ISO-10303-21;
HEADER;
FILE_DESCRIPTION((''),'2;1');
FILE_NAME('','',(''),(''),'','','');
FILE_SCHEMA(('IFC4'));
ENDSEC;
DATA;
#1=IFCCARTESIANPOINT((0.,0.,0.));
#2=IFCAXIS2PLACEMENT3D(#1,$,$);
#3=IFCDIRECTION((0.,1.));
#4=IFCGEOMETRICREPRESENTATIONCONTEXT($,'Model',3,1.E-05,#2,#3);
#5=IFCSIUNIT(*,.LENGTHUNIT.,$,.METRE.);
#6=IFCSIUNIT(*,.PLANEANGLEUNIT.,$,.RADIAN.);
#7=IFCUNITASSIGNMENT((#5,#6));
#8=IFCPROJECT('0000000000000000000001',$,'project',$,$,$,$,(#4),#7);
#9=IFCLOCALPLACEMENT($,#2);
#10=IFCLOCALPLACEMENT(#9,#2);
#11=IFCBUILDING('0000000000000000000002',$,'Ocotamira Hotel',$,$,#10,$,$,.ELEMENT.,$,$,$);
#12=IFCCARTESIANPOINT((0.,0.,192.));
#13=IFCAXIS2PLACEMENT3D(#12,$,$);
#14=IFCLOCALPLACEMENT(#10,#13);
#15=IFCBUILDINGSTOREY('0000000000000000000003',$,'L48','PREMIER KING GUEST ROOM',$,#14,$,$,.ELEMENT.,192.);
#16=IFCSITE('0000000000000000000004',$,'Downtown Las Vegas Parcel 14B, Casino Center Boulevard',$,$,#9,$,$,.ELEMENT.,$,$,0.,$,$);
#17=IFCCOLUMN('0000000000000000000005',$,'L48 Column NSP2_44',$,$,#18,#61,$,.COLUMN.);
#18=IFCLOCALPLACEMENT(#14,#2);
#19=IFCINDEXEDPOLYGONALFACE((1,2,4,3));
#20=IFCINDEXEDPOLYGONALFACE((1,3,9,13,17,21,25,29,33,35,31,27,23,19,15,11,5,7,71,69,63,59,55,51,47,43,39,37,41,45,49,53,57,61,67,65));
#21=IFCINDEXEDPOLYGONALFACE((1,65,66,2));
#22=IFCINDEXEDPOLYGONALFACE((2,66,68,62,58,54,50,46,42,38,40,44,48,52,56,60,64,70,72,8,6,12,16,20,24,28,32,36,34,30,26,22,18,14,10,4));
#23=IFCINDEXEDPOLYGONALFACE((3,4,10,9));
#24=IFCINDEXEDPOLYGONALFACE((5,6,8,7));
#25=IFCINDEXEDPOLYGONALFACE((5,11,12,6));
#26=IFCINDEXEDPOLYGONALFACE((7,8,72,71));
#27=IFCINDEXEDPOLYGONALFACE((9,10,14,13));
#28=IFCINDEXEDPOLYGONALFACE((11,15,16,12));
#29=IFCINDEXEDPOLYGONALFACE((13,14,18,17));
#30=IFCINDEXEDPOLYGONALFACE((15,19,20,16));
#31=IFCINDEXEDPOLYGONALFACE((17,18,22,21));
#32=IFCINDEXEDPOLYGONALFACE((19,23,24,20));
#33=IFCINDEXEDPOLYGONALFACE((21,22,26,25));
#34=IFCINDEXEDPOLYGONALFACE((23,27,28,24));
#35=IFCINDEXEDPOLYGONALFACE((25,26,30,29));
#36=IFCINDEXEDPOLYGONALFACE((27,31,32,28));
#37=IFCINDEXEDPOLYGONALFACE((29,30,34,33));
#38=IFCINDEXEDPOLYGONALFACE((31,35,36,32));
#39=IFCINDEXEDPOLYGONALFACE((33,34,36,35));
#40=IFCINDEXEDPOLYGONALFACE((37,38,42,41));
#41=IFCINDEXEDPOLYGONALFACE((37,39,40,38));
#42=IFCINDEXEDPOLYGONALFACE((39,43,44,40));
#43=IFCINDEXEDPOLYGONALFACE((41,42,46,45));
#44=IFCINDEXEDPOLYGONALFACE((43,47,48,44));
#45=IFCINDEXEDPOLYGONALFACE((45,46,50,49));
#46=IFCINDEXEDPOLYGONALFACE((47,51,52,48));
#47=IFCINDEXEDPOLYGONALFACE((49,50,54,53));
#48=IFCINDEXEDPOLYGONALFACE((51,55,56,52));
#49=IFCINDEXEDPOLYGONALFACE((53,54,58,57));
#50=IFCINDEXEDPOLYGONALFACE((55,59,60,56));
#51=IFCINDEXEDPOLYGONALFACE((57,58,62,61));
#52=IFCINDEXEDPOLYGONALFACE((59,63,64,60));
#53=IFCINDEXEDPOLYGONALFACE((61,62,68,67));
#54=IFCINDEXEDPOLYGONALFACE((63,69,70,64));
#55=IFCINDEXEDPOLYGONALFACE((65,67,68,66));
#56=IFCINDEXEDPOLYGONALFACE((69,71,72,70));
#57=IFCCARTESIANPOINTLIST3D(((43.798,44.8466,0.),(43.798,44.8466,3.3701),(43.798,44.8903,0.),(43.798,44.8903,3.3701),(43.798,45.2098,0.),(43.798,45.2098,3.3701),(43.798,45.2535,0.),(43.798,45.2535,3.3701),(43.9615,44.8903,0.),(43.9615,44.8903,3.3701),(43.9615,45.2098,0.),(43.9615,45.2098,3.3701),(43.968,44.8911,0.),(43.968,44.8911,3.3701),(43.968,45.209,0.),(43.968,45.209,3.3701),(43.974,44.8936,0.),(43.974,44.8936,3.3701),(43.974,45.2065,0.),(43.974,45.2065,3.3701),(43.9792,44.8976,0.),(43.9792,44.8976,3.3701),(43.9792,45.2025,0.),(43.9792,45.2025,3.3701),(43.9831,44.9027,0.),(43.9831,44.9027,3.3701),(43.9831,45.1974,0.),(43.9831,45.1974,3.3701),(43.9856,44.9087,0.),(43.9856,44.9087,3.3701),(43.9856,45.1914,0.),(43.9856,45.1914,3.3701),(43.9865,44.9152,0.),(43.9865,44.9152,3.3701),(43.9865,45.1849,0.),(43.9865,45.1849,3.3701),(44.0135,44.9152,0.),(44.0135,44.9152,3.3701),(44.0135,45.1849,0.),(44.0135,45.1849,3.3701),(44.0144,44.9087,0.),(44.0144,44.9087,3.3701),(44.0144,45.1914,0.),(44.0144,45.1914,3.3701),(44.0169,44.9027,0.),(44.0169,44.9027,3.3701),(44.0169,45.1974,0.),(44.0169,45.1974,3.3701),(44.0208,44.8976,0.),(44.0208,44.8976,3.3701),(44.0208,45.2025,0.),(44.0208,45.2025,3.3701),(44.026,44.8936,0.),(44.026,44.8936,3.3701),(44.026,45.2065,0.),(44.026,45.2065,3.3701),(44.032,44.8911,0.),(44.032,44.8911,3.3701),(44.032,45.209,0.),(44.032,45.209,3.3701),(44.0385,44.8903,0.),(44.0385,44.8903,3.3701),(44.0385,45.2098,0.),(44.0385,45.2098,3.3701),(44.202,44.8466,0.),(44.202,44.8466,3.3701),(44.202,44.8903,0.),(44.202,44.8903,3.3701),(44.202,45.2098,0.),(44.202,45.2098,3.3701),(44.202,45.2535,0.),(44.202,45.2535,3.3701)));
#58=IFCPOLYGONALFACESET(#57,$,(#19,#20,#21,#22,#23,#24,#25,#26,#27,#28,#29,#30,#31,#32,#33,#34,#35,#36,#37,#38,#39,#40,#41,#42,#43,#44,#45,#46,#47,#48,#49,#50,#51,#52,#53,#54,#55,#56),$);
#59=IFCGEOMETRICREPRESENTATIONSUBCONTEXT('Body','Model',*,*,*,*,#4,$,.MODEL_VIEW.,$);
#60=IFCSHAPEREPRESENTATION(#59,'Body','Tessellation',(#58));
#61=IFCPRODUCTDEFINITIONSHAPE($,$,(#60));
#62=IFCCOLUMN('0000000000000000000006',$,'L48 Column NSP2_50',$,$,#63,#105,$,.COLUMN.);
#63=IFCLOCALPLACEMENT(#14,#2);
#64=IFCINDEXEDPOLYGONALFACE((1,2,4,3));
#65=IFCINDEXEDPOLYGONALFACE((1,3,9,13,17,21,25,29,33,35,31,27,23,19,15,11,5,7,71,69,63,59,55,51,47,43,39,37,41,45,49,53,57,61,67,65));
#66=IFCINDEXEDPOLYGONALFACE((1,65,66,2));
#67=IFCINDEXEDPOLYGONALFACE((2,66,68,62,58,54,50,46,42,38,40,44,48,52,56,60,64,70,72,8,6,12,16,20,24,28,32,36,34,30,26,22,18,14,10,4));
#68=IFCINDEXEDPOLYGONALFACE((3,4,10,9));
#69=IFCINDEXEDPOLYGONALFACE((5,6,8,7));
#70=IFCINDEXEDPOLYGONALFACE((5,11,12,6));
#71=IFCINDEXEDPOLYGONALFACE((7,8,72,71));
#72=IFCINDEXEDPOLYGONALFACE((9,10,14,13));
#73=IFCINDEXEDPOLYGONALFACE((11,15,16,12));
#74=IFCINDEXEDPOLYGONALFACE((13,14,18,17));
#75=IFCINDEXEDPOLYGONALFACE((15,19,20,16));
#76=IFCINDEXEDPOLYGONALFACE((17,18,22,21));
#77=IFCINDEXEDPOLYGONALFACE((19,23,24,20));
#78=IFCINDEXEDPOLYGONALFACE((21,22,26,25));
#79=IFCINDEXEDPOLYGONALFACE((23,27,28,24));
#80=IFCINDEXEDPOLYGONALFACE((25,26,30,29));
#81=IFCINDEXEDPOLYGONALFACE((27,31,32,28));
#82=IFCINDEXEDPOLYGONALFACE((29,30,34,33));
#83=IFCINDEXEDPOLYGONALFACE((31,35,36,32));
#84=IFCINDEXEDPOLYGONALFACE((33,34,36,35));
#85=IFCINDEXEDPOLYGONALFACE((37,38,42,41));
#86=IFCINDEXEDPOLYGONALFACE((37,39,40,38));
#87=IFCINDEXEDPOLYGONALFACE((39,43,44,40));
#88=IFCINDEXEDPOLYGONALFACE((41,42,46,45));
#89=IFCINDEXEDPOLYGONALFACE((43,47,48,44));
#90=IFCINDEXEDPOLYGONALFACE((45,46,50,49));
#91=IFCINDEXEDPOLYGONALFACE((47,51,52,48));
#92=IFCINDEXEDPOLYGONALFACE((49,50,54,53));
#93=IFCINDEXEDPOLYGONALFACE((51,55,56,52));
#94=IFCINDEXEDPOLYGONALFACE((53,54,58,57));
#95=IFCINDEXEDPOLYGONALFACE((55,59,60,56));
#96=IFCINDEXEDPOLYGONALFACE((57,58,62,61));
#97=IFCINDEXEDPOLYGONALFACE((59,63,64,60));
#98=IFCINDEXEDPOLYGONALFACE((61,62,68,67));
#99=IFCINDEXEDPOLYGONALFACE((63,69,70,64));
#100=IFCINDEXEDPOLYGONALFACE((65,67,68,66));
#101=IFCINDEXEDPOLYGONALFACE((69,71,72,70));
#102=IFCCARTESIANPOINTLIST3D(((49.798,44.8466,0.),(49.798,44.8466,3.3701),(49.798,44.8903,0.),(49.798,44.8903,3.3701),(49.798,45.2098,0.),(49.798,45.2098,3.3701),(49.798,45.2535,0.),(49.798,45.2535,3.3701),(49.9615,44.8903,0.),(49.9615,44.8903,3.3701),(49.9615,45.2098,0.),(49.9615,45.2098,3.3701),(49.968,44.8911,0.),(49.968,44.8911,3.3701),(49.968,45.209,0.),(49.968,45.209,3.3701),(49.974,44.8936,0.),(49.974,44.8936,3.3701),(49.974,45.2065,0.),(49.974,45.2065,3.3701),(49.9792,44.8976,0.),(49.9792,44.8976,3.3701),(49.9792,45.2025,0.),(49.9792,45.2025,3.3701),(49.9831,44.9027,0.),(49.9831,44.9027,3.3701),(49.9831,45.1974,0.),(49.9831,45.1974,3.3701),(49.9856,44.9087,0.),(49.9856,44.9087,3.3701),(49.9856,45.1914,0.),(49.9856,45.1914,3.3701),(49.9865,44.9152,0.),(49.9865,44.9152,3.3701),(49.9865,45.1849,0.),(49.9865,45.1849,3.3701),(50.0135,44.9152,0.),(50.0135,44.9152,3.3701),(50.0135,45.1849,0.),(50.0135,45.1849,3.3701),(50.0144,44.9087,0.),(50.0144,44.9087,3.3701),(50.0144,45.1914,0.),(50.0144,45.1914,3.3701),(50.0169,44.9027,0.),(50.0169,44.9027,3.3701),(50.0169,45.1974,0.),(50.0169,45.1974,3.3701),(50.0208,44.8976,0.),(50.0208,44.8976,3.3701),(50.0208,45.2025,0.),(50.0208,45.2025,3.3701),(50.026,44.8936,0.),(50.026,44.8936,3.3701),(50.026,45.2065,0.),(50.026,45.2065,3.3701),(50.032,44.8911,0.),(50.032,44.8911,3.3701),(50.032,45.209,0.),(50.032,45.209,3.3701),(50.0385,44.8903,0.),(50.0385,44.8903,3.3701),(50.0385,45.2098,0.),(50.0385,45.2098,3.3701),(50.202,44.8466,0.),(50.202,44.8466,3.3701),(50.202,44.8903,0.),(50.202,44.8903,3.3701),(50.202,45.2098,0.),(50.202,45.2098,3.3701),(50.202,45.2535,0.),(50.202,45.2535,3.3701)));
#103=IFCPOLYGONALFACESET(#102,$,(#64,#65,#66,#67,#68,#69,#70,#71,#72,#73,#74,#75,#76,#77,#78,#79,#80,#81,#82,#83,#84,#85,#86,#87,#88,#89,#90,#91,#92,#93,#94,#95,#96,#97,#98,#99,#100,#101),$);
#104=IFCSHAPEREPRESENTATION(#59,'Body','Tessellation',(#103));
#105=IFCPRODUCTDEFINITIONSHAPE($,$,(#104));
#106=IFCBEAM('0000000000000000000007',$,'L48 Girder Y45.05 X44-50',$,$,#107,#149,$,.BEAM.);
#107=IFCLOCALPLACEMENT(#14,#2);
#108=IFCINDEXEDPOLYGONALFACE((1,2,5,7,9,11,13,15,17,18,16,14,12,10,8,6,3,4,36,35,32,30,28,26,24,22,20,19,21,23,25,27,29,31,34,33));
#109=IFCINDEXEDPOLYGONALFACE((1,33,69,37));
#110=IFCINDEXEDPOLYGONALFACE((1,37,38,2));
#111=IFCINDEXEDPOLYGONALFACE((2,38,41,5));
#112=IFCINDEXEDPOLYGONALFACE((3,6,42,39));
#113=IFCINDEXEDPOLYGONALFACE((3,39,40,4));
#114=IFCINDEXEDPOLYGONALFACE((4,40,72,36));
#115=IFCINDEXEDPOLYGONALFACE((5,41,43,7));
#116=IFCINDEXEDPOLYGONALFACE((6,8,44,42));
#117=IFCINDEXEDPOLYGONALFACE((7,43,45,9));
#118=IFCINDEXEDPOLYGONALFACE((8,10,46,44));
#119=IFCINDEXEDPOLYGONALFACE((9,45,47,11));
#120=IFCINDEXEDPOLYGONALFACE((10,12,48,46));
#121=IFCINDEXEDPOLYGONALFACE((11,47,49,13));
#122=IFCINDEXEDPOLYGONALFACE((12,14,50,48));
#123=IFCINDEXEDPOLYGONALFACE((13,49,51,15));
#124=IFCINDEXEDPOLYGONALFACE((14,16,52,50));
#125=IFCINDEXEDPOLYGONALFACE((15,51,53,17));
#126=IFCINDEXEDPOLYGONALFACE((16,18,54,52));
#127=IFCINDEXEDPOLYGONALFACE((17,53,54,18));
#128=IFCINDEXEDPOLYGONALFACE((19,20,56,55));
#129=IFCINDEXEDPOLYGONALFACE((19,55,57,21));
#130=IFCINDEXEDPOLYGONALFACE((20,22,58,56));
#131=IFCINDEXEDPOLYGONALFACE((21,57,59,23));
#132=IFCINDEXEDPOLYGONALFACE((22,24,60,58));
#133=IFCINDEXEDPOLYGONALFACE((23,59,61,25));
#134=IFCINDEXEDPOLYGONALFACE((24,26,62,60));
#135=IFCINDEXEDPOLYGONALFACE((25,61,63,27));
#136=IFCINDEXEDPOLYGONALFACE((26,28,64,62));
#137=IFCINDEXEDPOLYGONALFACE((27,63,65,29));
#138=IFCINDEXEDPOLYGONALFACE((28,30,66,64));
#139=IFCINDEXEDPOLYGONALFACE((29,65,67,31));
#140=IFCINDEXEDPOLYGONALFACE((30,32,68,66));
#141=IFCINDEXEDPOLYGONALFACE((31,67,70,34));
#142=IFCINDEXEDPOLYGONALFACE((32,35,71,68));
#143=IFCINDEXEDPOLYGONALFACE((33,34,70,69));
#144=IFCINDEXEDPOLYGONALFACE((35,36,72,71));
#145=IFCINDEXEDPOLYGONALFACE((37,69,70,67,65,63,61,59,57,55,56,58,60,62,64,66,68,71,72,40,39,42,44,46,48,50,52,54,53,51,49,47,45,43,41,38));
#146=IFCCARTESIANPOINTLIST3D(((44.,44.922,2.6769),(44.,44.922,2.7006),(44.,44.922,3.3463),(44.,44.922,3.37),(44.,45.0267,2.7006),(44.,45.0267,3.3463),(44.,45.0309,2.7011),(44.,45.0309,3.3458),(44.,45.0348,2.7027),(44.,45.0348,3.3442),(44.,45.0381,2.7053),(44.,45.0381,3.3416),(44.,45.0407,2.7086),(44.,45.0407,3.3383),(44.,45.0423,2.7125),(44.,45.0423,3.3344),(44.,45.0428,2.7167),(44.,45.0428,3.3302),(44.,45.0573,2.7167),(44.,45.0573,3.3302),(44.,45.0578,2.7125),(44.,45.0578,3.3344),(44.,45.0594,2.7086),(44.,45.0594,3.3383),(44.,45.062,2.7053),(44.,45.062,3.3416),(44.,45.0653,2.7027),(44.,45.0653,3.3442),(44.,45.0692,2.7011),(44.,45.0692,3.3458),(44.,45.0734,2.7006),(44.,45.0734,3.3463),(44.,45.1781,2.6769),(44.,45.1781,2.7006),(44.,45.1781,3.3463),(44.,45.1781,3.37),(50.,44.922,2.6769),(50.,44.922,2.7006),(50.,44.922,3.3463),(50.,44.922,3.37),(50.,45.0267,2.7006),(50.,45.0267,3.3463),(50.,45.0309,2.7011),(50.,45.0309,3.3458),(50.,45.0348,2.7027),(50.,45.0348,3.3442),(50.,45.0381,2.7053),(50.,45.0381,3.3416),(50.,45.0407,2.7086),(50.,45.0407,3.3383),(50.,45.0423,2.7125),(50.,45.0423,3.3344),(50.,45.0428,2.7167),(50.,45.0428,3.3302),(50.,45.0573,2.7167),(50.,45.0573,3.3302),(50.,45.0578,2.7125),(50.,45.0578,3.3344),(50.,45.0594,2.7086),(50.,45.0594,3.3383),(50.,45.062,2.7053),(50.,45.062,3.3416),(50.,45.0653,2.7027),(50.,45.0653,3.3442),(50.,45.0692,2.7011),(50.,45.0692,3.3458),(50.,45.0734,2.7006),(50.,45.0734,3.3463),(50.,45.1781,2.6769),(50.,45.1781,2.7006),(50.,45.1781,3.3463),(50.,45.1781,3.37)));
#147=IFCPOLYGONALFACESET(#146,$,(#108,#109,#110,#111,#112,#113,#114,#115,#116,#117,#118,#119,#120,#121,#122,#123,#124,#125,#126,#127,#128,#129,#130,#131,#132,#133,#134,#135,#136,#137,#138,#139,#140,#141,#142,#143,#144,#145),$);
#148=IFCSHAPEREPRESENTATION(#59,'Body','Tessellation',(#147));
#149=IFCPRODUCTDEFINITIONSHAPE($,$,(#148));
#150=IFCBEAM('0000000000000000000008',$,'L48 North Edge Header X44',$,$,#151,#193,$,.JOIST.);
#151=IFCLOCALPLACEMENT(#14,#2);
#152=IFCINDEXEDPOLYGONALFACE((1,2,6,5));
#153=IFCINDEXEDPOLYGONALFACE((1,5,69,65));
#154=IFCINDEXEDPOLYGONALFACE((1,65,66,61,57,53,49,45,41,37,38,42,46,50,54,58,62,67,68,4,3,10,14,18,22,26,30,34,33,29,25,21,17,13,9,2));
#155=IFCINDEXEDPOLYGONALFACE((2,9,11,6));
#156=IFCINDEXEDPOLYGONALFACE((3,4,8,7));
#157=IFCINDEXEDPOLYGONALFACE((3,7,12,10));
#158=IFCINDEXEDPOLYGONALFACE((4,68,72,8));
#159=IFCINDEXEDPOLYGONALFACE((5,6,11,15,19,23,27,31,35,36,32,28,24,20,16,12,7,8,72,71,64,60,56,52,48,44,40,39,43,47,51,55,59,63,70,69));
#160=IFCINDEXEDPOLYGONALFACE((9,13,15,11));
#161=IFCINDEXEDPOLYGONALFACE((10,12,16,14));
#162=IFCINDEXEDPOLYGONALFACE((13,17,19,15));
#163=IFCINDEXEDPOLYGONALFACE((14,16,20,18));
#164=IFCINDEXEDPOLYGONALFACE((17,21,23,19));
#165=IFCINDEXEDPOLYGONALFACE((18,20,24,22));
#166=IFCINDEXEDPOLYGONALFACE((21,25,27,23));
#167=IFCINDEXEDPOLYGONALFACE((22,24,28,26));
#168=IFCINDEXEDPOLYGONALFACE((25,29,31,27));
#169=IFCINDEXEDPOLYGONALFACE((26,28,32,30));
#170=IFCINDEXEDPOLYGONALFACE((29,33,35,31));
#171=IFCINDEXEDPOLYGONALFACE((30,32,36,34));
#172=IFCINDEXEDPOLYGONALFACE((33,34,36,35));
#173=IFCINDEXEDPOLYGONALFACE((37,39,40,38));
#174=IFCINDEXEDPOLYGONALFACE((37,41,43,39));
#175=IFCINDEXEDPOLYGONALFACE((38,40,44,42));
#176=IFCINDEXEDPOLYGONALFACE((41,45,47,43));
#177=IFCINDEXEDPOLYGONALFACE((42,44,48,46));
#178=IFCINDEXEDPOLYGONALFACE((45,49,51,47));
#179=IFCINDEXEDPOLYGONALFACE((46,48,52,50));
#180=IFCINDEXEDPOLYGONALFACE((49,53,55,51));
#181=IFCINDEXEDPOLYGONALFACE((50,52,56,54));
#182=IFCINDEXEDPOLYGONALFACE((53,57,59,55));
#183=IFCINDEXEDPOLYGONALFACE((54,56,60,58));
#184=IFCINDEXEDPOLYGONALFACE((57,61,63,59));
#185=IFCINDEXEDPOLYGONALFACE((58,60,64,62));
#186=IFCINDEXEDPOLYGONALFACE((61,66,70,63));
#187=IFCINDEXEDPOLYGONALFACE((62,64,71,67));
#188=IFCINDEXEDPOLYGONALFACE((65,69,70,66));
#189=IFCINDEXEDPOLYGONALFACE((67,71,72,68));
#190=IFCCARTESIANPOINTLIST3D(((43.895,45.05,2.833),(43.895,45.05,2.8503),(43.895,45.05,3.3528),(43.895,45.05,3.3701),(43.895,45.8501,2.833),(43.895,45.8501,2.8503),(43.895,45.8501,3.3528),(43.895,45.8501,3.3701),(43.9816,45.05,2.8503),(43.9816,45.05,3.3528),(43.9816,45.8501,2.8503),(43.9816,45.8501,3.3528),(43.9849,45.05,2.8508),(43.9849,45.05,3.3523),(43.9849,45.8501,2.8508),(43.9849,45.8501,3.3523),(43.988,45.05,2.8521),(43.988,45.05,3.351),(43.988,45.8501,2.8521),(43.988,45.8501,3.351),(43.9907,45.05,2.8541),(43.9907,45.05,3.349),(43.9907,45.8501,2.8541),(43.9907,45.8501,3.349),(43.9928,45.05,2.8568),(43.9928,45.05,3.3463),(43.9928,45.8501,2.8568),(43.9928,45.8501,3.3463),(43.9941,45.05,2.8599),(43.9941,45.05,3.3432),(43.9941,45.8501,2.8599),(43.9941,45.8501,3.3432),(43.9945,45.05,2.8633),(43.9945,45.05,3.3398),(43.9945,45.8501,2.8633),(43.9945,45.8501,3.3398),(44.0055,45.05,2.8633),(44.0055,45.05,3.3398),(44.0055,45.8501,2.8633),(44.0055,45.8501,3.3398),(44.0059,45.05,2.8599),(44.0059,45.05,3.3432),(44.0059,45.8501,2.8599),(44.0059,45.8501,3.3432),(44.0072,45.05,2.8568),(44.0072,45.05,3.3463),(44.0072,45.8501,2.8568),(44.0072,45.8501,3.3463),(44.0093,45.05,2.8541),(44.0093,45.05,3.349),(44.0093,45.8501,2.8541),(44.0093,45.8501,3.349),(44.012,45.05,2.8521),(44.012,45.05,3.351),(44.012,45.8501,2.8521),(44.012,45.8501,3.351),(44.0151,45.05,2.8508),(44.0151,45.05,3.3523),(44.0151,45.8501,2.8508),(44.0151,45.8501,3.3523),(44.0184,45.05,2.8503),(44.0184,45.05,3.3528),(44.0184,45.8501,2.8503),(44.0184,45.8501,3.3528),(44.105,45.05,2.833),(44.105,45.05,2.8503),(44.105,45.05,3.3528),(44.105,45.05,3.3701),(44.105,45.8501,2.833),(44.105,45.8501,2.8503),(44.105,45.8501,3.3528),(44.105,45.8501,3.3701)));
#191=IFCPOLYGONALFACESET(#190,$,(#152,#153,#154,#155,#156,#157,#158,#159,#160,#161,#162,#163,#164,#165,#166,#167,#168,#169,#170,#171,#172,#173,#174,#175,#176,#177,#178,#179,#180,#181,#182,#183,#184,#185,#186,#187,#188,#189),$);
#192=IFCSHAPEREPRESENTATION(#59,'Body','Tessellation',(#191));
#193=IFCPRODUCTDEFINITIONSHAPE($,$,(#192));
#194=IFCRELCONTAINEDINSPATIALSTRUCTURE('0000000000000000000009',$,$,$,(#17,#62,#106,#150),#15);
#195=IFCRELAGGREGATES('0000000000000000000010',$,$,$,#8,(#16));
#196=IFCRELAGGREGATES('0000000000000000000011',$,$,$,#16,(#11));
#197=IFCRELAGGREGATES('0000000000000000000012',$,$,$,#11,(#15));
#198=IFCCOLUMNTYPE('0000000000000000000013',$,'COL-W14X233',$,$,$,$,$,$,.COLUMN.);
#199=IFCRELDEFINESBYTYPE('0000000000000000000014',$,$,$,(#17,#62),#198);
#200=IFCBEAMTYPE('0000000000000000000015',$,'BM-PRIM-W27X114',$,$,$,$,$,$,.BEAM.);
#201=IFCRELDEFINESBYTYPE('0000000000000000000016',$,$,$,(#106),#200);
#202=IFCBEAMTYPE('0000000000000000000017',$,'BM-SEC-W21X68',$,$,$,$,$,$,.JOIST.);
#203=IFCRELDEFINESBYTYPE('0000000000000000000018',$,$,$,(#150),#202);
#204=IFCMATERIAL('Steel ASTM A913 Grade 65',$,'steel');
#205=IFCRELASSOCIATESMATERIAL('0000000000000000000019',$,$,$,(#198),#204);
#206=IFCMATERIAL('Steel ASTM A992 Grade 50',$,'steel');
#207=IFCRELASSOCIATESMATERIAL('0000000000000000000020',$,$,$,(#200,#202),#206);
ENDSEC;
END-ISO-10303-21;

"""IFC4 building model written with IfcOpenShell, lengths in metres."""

from ifc_helpers import new_model, si_unit, direction, frame, origin, origin_2d, place, context, subcontext, project, spatial, i_section, extrude, source, transform, mapped, material, material_profile, profile_set, type_object, element, save


model = new_model("IFC4")

# Units and contexts
model_context = context("Model", 3, precision=1e-05, world=origin(), true_north=direction((0.0, 1.0)))
body_context = subcontext(model_context, "Body", "Model", "MODEL_VIEW")
ifc_project = project(units=[si_unit("LENGTHUNIT", "METRE"), si_unit("PLANEANGLEUNIT", "RADIAN")], contexts=[model_context])

# Site, building, storey
site_placement = place(None, origin())
site = spatial("IfcSite", under=ifc_project, at=site_placement, Name="Downtown Las Vegas Parcel 14B, Casino Center Boulevard", CompositionType="ELEMENT", RefElevation=0.0)
building_placement = place(site_placement, origin())
building = spatial("IfcBuilding", under=site, at=building_placement, Name="Ocotamira Hotel", CompositionType="ELEMENT")
storey_placement = place(building_placement, frame((0.0, 0.0, 192.0)))
storey = spatial("IfcBuildingStorey", under=building, at=storey_placement, Name="L48", Description="PREMIER KING GUEST ROOM", CompositionType="ELEMENT", Elevation=192.0)

# Columns
ifc_material_1 = material(Name="Steel ASTM A913 Grade 65", Category="steel")
ifc_material_profile_1 = material_profile(ifc_material_1, i_section(OverallWidth=0.4041, OverallDepth=0.407, WebThickness=0.0271, FlangeThickness=0.0437, FilletRadius=0.0249, at=origin_2d()), Name="W14X233")
ifc_profile_set_1 = profile_set([ifc_material_profile_1], Name="Steel ASTM A913 Grade 65")
column_type = type_object("IfcColumnType", Name="COL-W14X233", PredefinedType="COLUMN", material=ifc_profile_set_1)
shared_shape_1 = source(origin(), body_context, "Body", "SweptSolid", [
    extrude(i_section(OverallWidth=0.4041, OverallDepth=0.407, WebThickness=0.0271, FlangeThickness=0.0437, FilletRadius=0.0249, at=origin_2d()), origin(), (0.0, 0.0, 1.0), 3.3701),
])
for number, where, z_axis, x_axis, name in (
    (1, (44.0, 45.05, 0.0), (0.0, 0.0, 1.0), (1.0, 0.0, 0.0), "L48 Column NSP2_44"),
    (2, (50.0, 45.05, 0.0), (0.0, 0.0, 1.0), (1.0, 0.0, 0.0), "L48 Column NSP2_50"),
):
    element("IfcColumn", number, at=place(storey_placement, frame(where, z_axis=z_axis, x_axis=x_axis)), inside=storey, type_object=column_type, Name=name, PredefinedType="COLUMN", context=body_context, shape_type="MappedRepresentation", body=[
        mapped(shared_shape_1, transform((0.0, 0.0, 0.0), scale=1.0)),
    ])

# Beams
ifc_material_2 = material(Name="Steel ASTM A992 Grade 50", Category="steel")
ifc_material_profile_2 = material_profile(ifc_material_2, i_section(OverallWidth=0.2561, OverallDepth=0.6931, WebThickness=0.0144, FlangeThickness=0.0237, FilletRadius=0.0161, at=origin_2d()), Name="W27X114")
ifc_profile_set_2 = profile_set([ifc_material_profile_2], Name="Steel ASTM A992 Grade 50")
beam_type_1 = type_object("IfcBeamType", Name="BM-PRIM-W27X114", PredefinedType="BEAM", material=ifc_profile_set_2)
shared_shape_2 = source(origin(), body_context, "Body", "SweptSolid", [
    extrude(i_section(OverallWidth=0.2561, OverallDepth=0.6931, WebThickness=0.0144, FlangeThickness=0.0237, FilletRadius=0.0161, at=origin_2d()), origin(), (0.0, 0.0, 1.0), 6.0),
])
beam_1_placement = place(storey_placement, frame((44.0, 45.05, 3.0234), z_axis=(1.0, 0.0, 0.0), x_axis=(0.0, 1.0, 0.0)))
element("IfcBeam", 3, at=beam_1_placement, inside=storey, type_object=beam_type_1, Name="L48 Girder Y45.05 X44-50", PredefinedType="BEAM", context=body_context, shape_type="MappedRepresentation", body=[
    mapped(shared_shape_2, transform((0.0, 0.0, 0.0), scale=1.0)),
])
ifc_material_profile_3 = material_profile(ifc_material_2, i_section(OverallWidth=0.21, OverallDepth=0.5371, WebThickness=0.011, FlangeThickness=0.0173, FilletRadius=0.0129, at=origin_2d()), Name="W21X68")
ifc_profile_set_3 = profile_set([ifc_material_profile_3], Name="Steel ASTM A992 Grade 50")
beam_type_2 = type_object("IfcBeamType", Name="BM-SEC-W21X68", PredefinedType="JOIST", material=ifc_profile_set_3)
shared_shape_3 = source(origin(), body_context, "Body", "SweptSolid", [
    extrude(i_section(OverallWidth=0.21, OverallDepth=0.5371, WebThickness=0.011, FlangeThickness=0.0173, FilletRadius=0.0129, at=origin_2d()), origin(), (0.0, 0.0, 1.0), 0.8),
])
for number, where, z_axis, x_axis, name in (
    (4, (44.0, 45.05, 3.1016), (0.0, 1.0, 0.0), (-1.0, 0.0, 0.0), "L48 North Edge Header X44"),
):
    element("IfcBeam", number, at=place(storey_placement, frame(where, z_axis=z_axis, x_axis=x_axis)), inside=storey, type_object=beam_type_2, Name=name, PredefinedType="JOIST", context=body_context, shape_type="MappedRepresentation", body=[
        mapped(shared_shape_3, transform((0.0, 0.0, 0.0), scale=1.0)),
    ])

save(model, "model.ifc")
